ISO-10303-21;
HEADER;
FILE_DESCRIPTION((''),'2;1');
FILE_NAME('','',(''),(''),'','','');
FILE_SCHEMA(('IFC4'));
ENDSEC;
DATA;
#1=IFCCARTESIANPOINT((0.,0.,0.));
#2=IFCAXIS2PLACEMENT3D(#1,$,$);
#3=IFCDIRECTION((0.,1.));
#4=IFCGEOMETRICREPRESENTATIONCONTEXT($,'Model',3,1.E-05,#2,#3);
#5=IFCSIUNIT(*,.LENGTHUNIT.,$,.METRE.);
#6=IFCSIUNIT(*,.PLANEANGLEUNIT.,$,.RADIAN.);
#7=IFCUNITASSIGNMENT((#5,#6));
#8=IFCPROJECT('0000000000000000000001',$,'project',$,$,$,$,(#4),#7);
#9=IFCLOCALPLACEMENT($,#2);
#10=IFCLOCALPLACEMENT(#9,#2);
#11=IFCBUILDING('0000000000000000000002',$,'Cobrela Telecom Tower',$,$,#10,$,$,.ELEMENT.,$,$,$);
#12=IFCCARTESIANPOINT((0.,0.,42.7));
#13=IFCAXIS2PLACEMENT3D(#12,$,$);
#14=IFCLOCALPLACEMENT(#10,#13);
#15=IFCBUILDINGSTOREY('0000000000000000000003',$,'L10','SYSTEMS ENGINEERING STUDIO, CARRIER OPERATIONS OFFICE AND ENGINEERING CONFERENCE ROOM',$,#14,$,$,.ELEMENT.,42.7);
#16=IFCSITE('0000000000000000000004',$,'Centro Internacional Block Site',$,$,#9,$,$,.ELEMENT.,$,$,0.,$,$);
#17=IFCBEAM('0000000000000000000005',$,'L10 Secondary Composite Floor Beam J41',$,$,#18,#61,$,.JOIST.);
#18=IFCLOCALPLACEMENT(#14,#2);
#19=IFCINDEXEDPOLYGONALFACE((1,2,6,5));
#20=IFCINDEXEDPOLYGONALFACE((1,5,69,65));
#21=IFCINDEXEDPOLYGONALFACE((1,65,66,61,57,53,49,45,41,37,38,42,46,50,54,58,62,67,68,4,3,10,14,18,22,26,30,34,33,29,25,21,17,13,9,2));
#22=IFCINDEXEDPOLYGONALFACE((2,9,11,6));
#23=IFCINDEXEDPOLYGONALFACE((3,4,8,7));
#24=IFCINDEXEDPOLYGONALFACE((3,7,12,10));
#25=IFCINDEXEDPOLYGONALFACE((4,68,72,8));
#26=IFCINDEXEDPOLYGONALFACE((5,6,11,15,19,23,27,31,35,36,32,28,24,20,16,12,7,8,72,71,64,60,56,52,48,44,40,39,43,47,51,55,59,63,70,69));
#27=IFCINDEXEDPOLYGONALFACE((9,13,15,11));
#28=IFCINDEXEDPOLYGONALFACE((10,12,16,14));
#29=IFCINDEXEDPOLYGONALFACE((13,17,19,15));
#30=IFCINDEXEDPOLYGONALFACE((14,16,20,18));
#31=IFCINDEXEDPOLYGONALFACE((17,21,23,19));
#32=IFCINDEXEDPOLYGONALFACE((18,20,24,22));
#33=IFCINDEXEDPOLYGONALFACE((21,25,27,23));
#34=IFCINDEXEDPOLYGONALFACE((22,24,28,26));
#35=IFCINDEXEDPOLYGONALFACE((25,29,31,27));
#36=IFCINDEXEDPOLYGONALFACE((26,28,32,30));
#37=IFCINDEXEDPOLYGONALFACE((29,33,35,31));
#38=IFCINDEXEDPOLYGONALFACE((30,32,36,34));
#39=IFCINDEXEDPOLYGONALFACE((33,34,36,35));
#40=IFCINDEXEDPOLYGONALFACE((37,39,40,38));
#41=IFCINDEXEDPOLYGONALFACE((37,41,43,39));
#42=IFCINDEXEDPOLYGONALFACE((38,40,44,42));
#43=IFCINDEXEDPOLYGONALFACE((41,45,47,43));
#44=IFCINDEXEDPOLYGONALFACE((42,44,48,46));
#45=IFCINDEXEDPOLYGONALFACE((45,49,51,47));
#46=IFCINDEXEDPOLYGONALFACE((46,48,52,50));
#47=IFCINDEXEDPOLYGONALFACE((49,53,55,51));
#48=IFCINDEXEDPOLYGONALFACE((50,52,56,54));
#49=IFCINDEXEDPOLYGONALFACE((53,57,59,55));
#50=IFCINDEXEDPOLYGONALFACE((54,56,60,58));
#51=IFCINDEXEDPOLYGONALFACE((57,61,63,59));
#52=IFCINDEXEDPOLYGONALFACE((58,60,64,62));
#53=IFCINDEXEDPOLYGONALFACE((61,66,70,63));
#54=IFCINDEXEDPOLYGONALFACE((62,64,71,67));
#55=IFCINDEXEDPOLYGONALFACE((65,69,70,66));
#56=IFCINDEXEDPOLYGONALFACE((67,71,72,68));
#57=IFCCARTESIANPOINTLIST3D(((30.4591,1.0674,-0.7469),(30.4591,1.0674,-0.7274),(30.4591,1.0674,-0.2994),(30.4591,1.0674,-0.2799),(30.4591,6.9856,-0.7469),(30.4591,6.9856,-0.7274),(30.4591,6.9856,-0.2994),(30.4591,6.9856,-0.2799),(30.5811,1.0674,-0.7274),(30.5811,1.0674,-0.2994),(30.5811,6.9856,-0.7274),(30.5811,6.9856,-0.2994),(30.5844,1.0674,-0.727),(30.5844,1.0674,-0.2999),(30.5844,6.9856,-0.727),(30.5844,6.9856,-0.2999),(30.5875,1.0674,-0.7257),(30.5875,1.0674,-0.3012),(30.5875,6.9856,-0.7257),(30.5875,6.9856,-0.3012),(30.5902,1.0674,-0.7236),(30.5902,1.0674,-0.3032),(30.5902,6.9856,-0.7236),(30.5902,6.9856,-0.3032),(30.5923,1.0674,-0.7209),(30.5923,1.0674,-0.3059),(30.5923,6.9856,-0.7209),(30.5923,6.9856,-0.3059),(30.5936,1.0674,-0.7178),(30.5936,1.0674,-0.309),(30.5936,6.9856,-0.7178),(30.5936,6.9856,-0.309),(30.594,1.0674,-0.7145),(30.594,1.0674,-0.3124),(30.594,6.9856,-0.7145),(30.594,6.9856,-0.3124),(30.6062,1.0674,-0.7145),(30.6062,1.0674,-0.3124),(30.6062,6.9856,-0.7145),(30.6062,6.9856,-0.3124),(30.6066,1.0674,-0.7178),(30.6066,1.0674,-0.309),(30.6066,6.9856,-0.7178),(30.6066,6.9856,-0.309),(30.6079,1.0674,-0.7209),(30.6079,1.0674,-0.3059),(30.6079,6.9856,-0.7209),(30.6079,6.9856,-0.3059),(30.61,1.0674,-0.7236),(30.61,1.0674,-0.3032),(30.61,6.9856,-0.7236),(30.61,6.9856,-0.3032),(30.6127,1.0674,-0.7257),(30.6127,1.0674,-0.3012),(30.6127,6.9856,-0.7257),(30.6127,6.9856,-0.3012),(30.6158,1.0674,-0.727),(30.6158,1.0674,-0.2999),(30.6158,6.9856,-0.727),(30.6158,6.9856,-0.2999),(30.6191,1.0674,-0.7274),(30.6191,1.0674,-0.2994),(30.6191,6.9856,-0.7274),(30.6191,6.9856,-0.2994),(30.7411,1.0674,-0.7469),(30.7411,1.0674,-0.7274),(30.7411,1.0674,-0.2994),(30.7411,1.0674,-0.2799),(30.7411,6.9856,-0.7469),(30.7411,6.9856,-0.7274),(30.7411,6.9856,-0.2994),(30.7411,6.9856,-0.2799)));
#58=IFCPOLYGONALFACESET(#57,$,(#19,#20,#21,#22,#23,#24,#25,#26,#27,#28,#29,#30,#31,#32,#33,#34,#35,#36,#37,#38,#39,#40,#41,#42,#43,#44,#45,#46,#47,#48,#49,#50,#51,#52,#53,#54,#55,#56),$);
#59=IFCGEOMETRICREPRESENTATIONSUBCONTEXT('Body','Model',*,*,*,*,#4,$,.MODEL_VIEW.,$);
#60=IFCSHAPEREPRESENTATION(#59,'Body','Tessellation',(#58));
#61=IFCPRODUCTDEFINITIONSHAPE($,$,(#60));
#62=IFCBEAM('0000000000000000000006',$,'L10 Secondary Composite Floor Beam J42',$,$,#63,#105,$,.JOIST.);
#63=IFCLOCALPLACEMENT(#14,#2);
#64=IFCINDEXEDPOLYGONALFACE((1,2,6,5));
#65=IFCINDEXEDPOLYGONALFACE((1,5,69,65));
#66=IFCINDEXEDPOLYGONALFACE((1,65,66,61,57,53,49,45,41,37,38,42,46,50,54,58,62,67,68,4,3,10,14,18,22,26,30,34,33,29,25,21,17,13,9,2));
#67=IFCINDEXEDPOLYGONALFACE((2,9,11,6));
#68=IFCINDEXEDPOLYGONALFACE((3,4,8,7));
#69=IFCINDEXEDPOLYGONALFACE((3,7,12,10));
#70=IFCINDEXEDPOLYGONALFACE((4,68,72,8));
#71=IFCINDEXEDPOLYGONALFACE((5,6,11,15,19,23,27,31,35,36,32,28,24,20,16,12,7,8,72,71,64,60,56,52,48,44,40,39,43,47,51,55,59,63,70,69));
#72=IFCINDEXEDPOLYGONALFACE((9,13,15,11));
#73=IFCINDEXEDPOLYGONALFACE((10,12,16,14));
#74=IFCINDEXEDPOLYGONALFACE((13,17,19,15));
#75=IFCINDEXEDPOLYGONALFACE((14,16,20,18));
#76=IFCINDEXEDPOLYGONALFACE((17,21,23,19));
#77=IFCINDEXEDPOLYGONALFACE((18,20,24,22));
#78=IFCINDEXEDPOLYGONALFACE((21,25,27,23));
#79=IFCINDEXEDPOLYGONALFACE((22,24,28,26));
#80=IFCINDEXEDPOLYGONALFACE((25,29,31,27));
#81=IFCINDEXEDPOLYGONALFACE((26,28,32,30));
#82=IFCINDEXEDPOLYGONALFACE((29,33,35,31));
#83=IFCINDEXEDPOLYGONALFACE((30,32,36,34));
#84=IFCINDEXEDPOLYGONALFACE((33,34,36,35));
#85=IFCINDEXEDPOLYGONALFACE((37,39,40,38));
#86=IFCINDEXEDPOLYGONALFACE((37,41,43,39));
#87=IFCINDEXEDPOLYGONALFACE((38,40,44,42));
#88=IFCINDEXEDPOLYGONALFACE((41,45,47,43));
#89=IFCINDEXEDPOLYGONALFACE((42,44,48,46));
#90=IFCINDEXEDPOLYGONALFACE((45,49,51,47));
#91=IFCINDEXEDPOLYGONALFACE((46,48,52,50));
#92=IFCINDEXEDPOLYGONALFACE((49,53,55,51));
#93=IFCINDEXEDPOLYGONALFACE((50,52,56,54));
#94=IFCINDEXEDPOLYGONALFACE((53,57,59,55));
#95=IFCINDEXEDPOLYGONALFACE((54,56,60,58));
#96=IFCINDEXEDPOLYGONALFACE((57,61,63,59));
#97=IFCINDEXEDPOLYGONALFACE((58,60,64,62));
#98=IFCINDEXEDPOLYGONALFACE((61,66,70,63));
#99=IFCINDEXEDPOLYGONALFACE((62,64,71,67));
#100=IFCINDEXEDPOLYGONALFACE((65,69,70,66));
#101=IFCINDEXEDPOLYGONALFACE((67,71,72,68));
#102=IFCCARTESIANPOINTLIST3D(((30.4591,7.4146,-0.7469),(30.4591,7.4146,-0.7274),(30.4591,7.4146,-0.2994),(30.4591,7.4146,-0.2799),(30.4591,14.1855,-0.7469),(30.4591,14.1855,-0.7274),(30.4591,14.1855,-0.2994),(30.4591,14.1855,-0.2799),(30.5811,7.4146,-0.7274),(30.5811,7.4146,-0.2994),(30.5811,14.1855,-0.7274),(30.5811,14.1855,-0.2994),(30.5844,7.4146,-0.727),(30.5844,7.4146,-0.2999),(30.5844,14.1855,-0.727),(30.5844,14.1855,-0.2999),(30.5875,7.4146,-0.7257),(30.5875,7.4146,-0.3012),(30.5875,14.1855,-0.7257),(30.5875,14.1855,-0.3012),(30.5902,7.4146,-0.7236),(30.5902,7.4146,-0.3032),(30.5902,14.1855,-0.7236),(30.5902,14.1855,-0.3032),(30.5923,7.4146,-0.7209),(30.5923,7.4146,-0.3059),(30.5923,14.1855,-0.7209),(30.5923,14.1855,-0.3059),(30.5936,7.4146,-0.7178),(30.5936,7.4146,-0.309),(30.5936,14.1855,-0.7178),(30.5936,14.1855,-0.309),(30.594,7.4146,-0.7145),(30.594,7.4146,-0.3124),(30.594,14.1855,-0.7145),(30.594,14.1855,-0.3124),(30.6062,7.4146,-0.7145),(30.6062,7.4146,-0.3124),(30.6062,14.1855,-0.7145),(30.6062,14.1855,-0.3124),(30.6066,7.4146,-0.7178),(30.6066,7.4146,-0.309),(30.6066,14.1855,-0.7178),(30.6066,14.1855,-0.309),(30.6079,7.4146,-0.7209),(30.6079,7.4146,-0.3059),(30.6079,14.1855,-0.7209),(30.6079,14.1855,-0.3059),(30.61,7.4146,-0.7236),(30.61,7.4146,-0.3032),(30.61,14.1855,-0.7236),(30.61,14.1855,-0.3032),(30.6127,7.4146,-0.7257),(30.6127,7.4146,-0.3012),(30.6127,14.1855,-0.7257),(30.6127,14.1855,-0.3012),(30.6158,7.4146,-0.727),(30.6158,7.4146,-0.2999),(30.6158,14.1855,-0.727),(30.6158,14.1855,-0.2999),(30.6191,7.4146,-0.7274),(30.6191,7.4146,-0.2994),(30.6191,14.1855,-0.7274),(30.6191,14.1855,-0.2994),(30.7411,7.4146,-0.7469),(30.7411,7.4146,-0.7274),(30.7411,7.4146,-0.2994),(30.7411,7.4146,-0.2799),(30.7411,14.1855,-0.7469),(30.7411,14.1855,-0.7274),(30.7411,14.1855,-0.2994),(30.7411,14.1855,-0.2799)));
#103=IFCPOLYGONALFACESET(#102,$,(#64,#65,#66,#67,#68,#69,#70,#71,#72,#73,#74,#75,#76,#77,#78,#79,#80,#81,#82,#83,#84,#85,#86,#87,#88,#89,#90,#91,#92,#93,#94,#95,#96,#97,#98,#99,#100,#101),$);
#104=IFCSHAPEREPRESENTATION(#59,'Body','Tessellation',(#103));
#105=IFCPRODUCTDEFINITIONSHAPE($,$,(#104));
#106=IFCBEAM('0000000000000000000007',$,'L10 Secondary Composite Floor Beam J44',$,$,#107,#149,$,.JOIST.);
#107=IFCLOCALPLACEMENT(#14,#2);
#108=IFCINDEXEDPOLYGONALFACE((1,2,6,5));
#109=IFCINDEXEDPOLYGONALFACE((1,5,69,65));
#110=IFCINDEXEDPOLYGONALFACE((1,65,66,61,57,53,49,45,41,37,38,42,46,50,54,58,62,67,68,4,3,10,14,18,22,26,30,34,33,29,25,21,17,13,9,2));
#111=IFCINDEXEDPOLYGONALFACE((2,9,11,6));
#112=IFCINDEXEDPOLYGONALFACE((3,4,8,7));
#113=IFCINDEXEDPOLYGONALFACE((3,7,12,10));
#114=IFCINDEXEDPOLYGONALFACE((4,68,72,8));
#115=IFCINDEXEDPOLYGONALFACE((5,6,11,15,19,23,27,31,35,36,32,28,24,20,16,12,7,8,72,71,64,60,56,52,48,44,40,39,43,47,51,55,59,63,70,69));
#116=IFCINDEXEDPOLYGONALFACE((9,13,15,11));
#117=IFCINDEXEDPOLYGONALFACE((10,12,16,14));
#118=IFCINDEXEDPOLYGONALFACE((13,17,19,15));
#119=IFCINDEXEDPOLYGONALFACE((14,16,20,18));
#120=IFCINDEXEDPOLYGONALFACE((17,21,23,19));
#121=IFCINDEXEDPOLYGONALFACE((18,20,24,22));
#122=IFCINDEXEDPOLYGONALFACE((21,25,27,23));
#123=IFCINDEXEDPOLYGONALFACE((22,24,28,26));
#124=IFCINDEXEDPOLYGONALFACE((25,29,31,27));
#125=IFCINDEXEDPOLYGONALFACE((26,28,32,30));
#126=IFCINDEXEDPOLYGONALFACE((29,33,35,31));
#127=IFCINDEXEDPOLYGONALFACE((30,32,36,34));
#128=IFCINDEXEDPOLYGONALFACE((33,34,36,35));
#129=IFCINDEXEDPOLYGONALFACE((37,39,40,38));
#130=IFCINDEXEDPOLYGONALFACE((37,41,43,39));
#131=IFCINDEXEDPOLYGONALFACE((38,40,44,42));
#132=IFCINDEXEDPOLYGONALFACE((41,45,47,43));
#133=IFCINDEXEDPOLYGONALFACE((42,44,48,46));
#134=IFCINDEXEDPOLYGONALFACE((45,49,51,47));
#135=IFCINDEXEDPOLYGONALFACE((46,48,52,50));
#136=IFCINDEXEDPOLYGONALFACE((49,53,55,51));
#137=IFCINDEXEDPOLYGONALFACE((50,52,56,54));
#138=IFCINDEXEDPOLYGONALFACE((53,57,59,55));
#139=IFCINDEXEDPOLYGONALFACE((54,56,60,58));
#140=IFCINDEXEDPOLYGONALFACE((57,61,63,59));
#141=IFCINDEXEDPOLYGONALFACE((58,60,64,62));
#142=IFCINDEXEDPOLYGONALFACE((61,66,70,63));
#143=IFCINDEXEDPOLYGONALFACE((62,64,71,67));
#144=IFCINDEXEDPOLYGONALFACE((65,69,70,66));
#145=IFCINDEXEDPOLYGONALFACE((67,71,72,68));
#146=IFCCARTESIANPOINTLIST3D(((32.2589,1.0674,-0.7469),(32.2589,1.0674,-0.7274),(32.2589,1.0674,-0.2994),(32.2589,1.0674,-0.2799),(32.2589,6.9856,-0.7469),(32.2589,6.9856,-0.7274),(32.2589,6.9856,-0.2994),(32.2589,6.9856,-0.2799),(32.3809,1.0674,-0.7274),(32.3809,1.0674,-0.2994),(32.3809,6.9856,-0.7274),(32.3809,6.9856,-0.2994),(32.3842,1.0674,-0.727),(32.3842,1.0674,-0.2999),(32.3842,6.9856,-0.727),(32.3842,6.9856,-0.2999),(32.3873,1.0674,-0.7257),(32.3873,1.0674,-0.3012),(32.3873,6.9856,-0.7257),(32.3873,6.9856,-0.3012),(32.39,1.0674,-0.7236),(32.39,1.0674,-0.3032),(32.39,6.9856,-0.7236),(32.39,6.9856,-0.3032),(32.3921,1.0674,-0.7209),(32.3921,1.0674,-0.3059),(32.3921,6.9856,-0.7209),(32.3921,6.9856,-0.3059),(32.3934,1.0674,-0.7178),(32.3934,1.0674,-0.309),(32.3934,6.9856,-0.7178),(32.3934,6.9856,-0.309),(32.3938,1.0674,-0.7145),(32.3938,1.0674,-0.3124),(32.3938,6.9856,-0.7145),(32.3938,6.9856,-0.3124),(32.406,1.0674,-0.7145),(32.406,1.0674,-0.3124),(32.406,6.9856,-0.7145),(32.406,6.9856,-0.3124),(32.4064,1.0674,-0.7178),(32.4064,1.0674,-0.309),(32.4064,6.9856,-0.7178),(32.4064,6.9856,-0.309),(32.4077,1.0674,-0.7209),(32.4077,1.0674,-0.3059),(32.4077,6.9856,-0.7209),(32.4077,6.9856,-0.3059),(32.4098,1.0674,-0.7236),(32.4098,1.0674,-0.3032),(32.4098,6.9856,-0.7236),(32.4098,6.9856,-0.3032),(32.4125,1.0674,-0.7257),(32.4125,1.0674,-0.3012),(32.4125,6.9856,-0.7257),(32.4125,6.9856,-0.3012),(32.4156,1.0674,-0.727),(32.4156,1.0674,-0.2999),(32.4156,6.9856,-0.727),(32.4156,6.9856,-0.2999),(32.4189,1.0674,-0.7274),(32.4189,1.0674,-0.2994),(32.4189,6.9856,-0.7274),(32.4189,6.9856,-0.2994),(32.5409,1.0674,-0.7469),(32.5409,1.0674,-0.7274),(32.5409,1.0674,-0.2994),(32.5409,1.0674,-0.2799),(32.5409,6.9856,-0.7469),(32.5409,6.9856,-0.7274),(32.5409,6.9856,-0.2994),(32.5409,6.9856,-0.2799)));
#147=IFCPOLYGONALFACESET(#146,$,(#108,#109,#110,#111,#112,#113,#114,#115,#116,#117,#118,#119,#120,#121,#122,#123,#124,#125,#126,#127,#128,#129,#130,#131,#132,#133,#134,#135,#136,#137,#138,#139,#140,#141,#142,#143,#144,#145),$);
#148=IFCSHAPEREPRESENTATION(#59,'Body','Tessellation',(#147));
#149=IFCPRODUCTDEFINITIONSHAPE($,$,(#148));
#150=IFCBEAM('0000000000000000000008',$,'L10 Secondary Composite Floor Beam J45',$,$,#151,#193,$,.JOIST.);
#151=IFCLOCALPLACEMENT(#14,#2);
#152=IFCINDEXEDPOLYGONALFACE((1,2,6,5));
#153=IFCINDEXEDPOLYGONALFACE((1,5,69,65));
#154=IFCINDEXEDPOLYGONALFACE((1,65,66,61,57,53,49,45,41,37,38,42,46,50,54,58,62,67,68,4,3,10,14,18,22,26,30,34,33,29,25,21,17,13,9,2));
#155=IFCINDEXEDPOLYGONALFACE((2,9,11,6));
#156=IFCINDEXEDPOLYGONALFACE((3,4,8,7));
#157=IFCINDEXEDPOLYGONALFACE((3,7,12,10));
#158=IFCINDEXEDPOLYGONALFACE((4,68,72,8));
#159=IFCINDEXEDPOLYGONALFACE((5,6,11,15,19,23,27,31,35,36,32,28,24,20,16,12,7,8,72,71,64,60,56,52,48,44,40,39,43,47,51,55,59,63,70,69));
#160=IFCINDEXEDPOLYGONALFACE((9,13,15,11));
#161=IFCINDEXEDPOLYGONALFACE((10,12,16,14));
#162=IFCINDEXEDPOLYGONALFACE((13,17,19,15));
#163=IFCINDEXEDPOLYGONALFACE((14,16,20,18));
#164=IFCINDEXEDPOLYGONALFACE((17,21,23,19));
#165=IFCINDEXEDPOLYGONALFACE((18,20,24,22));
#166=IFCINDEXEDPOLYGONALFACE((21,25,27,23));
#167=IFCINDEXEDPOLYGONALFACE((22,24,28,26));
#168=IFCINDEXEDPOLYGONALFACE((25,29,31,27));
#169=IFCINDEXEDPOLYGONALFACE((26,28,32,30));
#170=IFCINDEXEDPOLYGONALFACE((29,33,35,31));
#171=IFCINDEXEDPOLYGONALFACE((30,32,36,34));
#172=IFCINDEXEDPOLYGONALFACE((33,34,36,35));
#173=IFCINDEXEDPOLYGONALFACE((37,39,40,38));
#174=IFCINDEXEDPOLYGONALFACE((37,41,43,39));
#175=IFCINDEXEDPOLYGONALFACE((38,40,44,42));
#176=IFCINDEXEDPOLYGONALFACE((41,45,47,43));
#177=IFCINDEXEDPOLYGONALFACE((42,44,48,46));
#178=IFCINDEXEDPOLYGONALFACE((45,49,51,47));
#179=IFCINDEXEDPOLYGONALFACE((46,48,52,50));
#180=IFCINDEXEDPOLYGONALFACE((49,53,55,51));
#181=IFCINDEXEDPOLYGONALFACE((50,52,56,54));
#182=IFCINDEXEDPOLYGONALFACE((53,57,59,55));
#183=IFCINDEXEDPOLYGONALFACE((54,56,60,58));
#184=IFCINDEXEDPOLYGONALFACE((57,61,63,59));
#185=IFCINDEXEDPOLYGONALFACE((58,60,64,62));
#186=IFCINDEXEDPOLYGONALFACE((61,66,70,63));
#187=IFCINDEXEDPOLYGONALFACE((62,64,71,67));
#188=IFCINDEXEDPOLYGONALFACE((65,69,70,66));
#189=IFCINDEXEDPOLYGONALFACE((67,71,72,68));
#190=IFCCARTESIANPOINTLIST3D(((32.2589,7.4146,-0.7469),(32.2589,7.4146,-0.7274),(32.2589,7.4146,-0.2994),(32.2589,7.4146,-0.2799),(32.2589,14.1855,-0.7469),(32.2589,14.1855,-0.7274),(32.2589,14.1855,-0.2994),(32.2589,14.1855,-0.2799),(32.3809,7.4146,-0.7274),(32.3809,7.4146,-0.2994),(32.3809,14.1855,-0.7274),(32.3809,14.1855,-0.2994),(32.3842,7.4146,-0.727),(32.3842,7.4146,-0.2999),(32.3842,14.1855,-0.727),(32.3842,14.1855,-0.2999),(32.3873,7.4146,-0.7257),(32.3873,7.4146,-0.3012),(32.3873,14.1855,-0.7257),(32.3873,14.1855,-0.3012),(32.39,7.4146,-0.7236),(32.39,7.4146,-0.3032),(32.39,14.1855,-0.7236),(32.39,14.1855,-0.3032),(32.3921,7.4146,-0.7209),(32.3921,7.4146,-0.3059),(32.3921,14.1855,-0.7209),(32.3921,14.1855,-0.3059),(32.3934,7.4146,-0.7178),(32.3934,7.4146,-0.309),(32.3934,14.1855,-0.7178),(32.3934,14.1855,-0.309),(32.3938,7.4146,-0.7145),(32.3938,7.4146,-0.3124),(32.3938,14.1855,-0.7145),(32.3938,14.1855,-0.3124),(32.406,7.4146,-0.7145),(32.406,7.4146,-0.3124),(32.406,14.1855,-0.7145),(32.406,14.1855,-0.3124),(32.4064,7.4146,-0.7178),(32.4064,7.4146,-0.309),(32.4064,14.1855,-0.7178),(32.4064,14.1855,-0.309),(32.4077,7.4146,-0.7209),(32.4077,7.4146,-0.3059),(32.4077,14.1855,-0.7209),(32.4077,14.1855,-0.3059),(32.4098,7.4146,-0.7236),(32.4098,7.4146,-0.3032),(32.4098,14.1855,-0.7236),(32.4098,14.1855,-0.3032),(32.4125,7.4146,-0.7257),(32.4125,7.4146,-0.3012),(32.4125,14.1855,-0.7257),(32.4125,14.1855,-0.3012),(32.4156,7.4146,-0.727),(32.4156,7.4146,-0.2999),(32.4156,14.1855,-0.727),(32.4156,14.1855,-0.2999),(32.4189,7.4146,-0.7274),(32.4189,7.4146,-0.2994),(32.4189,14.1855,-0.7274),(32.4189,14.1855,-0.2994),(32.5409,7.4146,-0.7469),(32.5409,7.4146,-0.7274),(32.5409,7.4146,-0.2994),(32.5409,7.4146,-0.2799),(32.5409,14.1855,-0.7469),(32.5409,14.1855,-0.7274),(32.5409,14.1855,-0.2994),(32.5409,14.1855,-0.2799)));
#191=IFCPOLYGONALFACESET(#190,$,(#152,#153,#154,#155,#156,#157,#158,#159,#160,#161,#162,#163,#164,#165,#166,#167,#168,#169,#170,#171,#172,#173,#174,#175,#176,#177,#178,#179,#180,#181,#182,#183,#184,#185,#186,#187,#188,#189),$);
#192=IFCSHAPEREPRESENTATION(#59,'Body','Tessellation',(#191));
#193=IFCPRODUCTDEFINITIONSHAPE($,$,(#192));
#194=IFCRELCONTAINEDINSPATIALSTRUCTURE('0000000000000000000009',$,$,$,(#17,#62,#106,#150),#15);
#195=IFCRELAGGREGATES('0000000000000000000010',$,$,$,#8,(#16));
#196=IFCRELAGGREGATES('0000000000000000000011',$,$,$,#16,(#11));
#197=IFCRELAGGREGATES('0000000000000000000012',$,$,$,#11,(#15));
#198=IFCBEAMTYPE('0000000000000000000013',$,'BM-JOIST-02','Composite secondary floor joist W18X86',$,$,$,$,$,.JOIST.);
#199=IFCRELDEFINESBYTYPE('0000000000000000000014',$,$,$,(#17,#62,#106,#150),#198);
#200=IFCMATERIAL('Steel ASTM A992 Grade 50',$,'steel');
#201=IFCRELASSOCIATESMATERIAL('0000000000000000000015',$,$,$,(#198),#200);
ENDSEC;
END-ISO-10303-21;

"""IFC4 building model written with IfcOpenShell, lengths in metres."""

from ifc_helpers import new_model, si_unit, direction, frame, origin, origin_2d, place, context, subcontext, project, spatial, i_section, extrude, material, material_profile, profile_set, type_object, element, save


model = new_model("IFC4")

# Units and contexts
model_context = context("Model", 3, precision=1e-05, world=origin(), true_north=direction((0.0, 1.0)))
body_context = subcontext(model_context, "Body", "Model", "MODEL_VIEW")
ifc_project = project(units=[si_unit("LENGTHUNIT", "METRE"), si_unit("PLANEANGLEUNIT", "RADIAN")], contexts=[model_context])

# Site, building, storey
site_placement = place(None, origin())
site = spatial("IfcSite", under=ifc_project, at=site_placement, Name="Centro Internacional Block Site", CompositionType="ELEMENT", RefElevation=0.0)
building_placement = place(site_placement, origin())
building = spatial("IfcBuilding", under=site, at=building_placement, Name="Cobrela Telecom Tower", CompositionType="ELEMENT")
storey_placement = place(building_placement, frame((0.0, 0.0, 42.7)))
storey = spatial("IfcBuildingStorey", under=building, at=storey_placement, Name="L10", Description="SYSTEMS ENGINEERING STUDIO, CARRIER OPERATIONS OFFICE AND ENGINEERING CONFERENCE ROOM", CompositionType="ELEMENT", Elevation=42.7)

# Shared definitions
ifc_material_1 = material(Name="Steel ASTM A992 Grade 50", Category="steel")

# Beams
ifc_material_profile_1 = material_profile(ifc_material_1, i_section(OverallWidth=0.282, OverallDepth=0.467, WebThickness=0.0122, FlangeThickness=0.0195, FilletRadius=0.0129, at=origin_2d()), Name="W18X86")
ifc_profile_set_1 = profile_set([ifc_material_profile_1], Name="Steel ASTM A992 Grade 50")
beam_type_1 = type_object("IfcBeamType", Name="BM-JOIST-02", Description="Composite secondary floor joist W18X86", PredefinedType="JOIST", material=ifc_profile_set_1)
beam_1_placement = place(storey_placement, frame((30.6001, 1.0674, -0.5134), z_axis=(0.0, 1.0, 0.0), x_axis=(-1.0, 0.0, 0.0)))
element("IfcBeam", 1, at=beam_1_placement, inside=storey, type_object=beam_type_1, Name="L10 Secondary Composite Floor Beam J41", PredefinedType="JOIST", context=body_context, shape_type="SweptSolid", body=[
    extrude(i_section(OverallWidth=0.282, OverallDepth=0.467, WebThickness=0.0122, FlangeThickness=0.0195, FilletRadius=0.0129, at=origin_2d()), origin(), (0.0, 0.0, 1.0), 5.9182),
])
beam_2_placement = place(storey_placement, frame((30.6001, 7.4146, -0.5134), z_axis=(0.0, 1.0, 0.0), x_axis=(-1.0, 0.0, 0.0)))
element("IfcBeam", 2, at=beam_2_placement, inside=storey, type_object=beam_type_1, Name="L10 Secondary Composite Floor Beam J42", PredefinedType="JOIST", context=body_context, shape_type="SweptSolid", body=[
    extrude(i_section(OverallWidth=0.282, OverallDepth=0.467, WebThickness=0.0122, FlangeThickness=0.0195, FilletRadius=0.0129, at=origin_2d()), origin(), (0.0, 0.0, 1.0), 6.771),
])
beam_3_placement = place(storey_placement, frame((32.3999, 1.0674, -0.5134), z_axis=(0.0, 1.0, 0.0), x_axis=(-1.0, 0.0, 0.0)))
element("IfcBeam", 3, at=beam_3_placement, inside=storey, type_object=beam_type_1, Name="L10 Secondary Composite Floor Beam J44", PredefinedType="JOIST", context=body_context, shape_type="SweptSolid", body=[
    extrude(i_section(OverallWidth=0.282, OverallDepth=0.467, WebThickness=0.0122, FlangeThickness=0.0195, FilletRadius=0.0129, at=origin_2d()), origin(), (0.0, 0.0, 1.0), 5.9182),
])
beam_4_placement = place(storey_placement, frame((32.3999, 7.4146, -0.5134), z_axis=(0.0, 1.0, 0.0), x_axis=(-1.0, 0.0, 0.0)))
element("IfcBeam", 4, at=beam_4_placement, inside=storey, type_object=beam_type_1, Name="L10 Secondary Composite Floor Beam J45", PredefinedType="JOIST", context=body_context, shape_type="SweptSolid", body=[
    extrude(i_section(OverallWidth=0.282, OverallDepth=0.467, WebThickness=0.0122, FlangeThickness=0.0195, FilletRadius=0.0129, at=origin_2d()), origin(), (0.0, 0.0, 1.0), 6.771),
])

save(model, "model.ifc")
